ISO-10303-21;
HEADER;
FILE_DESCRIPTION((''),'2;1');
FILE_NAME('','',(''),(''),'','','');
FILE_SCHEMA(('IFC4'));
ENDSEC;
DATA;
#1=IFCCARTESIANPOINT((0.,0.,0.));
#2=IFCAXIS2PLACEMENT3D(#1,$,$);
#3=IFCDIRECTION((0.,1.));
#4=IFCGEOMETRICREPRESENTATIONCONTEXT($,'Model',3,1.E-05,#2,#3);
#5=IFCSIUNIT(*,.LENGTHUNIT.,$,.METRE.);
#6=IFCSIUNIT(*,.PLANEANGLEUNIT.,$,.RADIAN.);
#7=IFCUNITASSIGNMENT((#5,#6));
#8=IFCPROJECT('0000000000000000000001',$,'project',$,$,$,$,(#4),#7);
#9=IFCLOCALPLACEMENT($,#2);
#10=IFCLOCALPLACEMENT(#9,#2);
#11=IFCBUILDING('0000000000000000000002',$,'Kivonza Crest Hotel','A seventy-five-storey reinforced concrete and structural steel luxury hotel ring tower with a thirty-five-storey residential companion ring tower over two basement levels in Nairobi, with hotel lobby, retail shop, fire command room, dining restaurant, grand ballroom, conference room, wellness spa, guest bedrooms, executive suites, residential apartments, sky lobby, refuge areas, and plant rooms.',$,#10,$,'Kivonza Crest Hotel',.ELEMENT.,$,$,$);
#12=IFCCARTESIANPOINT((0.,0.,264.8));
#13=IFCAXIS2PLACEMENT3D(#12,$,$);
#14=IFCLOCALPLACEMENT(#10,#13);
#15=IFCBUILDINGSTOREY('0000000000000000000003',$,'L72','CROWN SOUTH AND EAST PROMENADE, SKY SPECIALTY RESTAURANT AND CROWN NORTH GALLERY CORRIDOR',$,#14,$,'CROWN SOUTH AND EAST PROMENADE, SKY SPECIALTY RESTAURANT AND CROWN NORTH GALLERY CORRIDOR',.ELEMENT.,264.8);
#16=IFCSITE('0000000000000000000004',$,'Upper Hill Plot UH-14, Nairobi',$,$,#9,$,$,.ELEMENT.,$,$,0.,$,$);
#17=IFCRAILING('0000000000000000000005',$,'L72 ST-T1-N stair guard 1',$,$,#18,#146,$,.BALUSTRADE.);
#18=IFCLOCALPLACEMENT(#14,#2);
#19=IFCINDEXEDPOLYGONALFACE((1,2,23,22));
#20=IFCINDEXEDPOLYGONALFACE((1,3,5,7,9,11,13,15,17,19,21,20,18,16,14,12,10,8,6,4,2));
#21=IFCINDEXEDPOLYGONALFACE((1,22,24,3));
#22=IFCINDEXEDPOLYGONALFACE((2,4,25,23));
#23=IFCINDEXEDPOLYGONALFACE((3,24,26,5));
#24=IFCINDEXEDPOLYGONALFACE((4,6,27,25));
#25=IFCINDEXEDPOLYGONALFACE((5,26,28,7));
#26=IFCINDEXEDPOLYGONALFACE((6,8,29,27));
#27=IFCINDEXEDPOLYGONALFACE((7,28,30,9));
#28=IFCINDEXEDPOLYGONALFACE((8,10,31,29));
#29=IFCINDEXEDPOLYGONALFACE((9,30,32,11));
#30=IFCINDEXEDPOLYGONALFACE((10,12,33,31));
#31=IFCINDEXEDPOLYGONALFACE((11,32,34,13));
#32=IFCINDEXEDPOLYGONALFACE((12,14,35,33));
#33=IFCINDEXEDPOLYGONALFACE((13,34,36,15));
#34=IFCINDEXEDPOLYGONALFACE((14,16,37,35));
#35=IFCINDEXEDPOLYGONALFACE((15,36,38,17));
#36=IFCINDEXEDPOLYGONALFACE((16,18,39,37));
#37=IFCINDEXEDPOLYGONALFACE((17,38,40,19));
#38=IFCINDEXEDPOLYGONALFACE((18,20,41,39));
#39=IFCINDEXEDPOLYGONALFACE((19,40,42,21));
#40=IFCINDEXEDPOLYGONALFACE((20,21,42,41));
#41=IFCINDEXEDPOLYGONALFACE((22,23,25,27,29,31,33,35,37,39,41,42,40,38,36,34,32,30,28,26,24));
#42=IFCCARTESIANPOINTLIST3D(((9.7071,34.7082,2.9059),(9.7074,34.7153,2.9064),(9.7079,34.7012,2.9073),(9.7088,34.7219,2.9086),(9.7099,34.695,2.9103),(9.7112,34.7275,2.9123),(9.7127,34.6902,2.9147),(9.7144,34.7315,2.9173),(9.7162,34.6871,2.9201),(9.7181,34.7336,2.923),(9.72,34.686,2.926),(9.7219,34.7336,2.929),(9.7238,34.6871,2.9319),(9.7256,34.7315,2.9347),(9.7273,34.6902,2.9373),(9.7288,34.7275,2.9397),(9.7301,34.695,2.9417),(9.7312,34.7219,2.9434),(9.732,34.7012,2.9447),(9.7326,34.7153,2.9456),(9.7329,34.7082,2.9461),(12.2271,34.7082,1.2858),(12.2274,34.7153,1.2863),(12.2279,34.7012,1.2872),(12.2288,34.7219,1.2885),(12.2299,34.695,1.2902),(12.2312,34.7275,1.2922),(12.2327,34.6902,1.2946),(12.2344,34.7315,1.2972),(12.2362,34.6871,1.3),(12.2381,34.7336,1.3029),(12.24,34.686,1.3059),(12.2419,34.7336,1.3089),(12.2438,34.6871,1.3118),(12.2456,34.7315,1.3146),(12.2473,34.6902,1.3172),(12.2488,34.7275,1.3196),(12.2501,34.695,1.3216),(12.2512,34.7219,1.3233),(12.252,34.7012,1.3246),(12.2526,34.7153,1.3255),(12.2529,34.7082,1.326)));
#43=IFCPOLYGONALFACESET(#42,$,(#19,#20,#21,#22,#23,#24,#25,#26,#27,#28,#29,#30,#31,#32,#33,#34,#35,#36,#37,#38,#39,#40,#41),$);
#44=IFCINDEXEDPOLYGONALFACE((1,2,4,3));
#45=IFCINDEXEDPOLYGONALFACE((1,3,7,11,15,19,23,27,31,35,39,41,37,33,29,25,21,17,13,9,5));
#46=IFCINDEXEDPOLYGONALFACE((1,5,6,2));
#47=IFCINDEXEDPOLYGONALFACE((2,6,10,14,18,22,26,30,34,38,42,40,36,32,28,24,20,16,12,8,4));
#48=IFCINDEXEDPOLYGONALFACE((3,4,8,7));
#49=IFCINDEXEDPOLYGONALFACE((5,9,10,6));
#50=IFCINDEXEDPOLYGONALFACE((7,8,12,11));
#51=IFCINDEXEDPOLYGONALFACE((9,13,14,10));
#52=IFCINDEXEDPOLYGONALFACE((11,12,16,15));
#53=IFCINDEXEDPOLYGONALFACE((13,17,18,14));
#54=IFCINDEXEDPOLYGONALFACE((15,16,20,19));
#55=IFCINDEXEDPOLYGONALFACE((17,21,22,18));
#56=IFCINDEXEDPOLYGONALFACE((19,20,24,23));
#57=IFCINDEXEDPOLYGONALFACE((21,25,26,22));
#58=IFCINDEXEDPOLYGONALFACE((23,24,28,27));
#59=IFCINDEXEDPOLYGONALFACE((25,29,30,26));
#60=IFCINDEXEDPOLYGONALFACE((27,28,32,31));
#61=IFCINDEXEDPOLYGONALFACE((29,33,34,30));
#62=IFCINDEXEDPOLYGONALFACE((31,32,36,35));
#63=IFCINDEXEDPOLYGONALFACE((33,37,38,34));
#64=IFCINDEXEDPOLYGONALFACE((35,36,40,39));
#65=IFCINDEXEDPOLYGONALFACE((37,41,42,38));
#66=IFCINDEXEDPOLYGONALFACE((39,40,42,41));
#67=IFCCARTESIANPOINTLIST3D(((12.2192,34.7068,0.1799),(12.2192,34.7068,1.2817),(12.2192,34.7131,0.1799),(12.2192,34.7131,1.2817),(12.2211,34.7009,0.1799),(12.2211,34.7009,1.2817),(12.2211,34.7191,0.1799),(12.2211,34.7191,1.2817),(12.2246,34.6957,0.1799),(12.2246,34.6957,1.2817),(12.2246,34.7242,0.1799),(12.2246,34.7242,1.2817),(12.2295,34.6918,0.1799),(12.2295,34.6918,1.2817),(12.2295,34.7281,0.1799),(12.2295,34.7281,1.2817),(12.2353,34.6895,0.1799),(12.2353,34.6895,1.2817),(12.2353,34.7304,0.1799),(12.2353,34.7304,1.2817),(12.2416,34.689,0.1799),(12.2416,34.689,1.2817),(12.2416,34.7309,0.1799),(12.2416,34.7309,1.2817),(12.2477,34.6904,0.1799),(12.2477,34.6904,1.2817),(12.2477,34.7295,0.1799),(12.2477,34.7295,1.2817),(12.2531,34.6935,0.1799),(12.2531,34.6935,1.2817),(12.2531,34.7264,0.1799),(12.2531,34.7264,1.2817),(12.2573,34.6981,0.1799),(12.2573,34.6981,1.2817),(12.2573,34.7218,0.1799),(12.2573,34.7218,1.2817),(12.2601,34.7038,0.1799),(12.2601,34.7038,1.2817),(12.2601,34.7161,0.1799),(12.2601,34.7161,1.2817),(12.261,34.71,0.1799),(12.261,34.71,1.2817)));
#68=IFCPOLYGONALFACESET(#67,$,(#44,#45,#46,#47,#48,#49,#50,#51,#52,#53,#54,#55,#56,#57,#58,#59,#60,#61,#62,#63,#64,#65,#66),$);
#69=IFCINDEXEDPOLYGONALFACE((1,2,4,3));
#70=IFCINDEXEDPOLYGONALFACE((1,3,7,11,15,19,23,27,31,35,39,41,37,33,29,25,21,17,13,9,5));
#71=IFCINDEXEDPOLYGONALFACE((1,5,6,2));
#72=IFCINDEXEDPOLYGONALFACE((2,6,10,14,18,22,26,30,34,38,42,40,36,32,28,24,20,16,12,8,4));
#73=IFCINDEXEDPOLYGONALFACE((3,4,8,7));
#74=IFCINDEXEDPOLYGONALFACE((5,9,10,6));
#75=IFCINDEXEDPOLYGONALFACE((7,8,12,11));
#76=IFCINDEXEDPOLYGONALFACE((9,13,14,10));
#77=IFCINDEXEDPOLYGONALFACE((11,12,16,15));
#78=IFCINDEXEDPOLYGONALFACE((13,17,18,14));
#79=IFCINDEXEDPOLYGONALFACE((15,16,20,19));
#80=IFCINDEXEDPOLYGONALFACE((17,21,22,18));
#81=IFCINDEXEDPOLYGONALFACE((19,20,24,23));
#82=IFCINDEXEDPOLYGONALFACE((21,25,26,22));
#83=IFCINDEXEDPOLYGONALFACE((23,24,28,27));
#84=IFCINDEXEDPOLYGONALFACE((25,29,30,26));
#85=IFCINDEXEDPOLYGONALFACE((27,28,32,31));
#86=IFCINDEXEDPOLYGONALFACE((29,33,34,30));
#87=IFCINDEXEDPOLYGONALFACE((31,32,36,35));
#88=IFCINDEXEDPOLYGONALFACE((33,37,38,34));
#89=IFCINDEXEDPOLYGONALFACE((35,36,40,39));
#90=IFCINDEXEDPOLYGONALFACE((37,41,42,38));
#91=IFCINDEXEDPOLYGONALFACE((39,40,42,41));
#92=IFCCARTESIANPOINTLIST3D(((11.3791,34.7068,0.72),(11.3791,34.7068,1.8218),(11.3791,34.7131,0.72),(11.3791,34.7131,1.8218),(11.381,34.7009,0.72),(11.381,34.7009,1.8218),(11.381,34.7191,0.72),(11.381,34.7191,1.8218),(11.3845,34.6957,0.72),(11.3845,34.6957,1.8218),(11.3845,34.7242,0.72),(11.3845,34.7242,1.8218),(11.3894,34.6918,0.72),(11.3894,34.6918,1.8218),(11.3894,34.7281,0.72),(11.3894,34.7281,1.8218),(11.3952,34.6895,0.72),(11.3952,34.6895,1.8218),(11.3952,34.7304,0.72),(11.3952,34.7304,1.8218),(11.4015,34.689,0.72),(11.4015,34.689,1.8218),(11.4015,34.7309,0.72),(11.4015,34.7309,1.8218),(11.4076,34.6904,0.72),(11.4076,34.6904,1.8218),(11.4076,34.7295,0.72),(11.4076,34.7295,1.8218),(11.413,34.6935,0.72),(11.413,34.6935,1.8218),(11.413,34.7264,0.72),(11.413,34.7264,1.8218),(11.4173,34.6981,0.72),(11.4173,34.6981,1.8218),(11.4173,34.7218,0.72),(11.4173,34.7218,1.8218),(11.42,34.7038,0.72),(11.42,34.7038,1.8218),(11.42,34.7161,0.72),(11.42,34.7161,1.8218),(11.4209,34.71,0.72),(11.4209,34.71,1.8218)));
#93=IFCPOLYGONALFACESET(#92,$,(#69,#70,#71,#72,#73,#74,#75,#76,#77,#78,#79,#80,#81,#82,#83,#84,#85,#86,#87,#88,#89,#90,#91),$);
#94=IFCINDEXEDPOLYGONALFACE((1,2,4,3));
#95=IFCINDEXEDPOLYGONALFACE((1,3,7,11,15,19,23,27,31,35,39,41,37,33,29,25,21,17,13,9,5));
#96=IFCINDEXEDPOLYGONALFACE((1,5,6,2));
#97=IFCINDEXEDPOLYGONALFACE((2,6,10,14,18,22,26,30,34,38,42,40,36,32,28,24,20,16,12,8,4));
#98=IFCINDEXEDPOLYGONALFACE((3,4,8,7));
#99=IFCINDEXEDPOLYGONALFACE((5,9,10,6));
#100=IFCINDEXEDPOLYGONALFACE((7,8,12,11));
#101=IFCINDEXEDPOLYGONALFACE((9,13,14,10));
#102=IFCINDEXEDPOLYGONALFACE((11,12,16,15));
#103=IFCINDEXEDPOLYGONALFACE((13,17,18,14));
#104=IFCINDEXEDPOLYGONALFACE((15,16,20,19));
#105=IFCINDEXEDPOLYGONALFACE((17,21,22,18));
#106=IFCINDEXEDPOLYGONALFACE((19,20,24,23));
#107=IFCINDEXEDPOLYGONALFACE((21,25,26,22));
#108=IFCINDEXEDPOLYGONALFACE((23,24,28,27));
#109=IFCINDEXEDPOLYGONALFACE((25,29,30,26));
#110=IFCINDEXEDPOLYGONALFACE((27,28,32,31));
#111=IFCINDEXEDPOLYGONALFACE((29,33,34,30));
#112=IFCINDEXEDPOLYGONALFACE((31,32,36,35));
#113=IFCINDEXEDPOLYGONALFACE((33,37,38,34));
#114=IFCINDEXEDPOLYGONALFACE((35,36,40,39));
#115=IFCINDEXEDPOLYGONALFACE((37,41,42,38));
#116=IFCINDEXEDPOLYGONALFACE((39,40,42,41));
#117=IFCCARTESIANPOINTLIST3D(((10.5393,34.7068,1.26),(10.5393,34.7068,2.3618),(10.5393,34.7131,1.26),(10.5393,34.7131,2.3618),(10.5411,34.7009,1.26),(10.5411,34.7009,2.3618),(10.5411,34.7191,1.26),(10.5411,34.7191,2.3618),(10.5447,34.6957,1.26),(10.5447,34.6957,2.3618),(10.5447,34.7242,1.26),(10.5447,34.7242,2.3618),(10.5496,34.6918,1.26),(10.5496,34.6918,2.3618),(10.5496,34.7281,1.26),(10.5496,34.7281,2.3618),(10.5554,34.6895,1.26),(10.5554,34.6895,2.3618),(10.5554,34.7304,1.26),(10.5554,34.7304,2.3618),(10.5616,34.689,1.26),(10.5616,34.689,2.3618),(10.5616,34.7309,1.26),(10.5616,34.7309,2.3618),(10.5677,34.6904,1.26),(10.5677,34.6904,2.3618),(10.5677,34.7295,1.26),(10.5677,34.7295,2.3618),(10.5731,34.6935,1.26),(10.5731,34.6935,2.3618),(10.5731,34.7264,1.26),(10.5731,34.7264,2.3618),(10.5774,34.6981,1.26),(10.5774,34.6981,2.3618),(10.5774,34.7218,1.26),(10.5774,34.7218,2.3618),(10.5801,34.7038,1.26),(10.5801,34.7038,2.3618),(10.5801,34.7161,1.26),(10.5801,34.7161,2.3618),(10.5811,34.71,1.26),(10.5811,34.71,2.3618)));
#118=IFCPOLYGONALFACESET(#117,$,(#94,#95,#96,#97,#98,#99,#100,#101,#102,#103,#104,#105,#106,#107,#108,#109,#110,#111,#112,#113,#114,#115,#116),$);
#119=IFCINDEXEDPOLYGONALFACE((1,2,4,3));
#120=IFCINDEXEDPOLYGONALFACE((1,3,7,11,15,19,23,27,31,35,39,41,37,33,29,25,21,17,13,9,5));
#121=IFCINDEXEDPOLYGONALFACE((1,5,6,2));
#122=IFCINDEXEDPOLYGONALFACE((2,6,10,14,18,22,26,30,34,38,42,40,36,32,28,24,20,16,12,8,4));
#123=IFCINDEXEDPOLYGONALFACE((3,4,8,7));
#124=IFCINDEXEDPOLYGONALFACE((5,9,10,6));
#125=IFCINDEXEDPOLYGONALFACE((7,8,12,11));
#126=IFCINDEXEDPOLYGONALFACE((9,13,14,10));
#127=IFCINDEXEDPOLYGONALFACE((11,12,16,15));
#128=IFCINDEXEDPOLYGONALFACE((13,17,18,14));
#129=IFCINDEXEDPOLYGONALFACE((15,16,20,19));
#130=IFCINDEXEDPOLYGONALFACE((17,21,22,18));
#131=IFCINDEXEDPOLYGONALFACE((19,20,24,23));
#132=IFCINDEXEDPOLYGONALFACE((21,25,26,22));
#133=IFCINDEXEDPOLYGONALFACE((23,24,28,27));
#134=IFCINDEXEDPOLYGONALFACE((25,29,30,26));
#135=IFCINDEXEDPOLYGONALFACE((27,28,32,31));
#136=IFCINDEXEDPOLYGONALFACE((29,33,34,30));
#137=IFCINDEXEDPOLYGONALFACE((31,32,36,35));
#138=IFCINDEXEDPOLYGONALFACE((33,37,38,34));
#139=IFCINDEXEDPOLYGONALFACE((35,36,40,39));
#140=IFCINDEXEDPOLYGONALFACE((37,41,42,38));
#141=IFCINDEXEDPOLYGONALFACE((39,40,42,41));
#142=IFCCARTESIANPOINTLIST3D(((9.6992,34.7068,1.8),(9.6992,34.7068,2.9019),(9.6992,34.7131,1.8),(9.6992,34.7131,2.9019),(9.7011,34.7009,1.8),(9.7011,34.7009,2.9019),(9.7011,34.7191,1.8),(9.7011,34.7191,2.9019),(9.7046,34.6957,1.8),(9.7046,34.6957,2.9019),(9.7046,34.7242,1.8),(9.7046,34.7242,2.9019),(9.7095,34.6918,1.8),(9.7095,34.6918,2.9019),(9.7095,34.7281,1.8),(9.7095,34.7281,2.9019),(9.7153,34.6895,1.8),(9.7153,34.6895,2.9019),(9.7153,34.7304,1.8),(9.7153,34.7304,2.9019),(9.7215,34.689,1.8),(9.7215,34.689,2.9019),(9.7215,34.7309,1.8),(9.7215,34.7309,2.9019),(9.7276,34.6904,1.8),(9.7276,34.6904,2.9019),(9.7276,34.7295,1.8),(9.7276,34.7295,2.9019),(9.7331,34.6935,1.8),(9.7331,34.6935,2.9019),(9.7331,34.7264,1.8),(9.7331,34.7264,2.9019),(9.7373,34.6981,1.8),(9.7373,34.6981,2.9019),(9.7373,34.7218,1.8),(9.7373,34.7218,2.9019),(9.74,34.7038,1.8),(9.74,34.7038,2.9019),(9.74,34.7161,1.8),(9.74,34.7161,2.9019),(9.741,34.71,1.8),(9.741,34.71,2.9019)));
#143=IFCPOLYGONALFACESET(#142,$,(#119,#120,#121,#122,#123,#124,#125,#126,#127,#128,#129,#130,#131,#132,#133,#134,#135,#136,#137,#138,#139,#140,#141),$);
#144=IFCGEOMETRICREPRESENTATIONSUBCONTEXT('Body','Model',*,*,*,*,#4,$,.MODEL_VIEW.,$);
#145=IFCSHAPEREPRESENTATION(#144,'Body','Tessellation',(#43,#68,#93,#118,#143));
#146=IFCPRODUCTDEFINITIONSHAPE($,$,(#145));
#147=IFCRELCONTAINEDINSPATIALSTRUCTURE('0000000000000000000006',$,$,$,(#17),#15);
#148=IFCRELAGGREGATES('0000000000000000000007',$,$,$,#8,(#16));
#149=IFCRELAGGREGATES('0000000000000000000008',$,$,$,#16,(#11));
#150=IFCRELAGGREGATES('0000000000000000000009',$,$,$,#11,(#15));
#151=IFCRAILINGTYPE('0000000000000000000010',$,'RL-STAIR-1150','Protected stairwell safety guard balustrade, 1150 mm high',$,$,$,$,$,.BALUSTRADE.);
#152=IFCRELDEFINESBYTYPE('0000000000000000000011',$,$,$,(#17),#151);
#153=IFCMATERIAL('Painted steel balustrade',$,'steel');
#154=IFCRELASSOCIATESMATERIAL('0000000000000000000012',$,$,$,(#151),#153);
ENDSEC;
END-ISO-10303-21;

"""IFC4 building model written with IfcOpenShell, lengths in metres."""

from ifc_helpers import new_model, si_unit, direction, frame, origin, origin_2d, place, context, subcontext, project, spatial, circle, extrude, material, type_object, element, save


model = new_model("IFC4")

# Units and contexts
model_context = context("Model", 3, precision=1e-05, world=origin(), true_north=direction((0.0, 1.0)))
body_context = subcontext(model_context, "Body", "Model", "MODEL_VIEW")
ifc_project = project(units=[si_unit("LENGTHUNIT", "METRE"), si_unit("PLANEANGLEUNIT", "RADIAN")], contexts=[model_context])

# Site, building, storey
site_placement = place(None, origin())
site = spatial("IfcSite", under=ifc_project, at=site_placement, Name="Upper Hill Plot UH-14, Nairobi", CompositionType="ELEMENT", RefElevation=0.0)
building_placement = place(site_placement, origin())
building = spatial("IfcBuilding", under=site, at=building_placement, Name="Kivonza Crest Hotel", Description="A seventy-five-storey reinforced concrete and structural steel luxury hotel ring tower with a thirty-five-storey residential companion ring tower over two basement levels in Nairobi, with hotel lobby, retail shop, fire command room, dining restaurant, grand ballroom, conference room, wellness spa, guest bedrooms, executive suites, residential apartments, sky lobby, refuge areas, and plant rooms.", LongName="Kivonza Crest Hotel", CompositionType="ELEMENT")
storey_placement = place(building_placement, frame((0.0, 0.0, 264.8)))
storey = spatial("IfcBuildingStorey", under=building, at=storey_placement, Name="L72", Description="CROWN SOUTH AND EAST PROMENADE, SKY SPECIALTY RESTAURANT AND CROWN NORTH GALLERY CORRIDOR", LongName="CROWN SOUTH AND EAST PROMENADE, SKY SPECIALTY RESTAURANT AND CROWN NORTH GALLERY CORRIDOR", CompositionType="ELEMENT", Elevation=264.8)

# Railing
ifc_material_1 = material(Name="Painted steel balustrade", Category="steel")
railing_type_1 = type_object("IfcRailingType", Name="RL-STAIR-1150", Description="Protected stairwell safety guard balustrade, 1150 mm high", PredefinedType="BALUSTRADE", material=ifc_material_1)
railing_1_placement = place(storey_placement, frame((12.24, 34.71, 0.1799)))
element("IfcRailing", 1, at=railing_1_placement, inside=storey, type_object=railing_type_1, Name="L72 ST-T1-N stair guard 1", PredefinedType="BALUSTRADE", context=body_context, shape_type="SweptSolid", body=[
    extrude(circle(Radius=0.0239, at=origin_2d()), frame((0.0, 0.0, 1.126), z_axis=(-0.841163, 0.0, 0.540782), x_axis=(0.0, -1.0, 0.0)), (0.0, 0.0, 1.0), 2.9958),
    extrude(circle(Radius=0.021, at=origin_2d()), origin(), (0.0, 0.0, 1.0), 1.1018),
    extrude(circle(Radius=0.021, at=origin_2d()), frame((-0.8401, 0.0, 0.54)), (0.0, 0.0, 1.0), 1.1018),
    extrude(circle(Radius=0.021, at=origin_2d()), frame((-1.6799, 0.0, 1.0801)), (0.0, 0.0, 1.0), 1.1018),
    extrude(circle(Radius=0.021, at=origin_2d()), frame((-2.52, 0.0, 1.6201)), (0.0, 0.0, 1.0), 1.1018),
])

save(model, "model.ifc")
